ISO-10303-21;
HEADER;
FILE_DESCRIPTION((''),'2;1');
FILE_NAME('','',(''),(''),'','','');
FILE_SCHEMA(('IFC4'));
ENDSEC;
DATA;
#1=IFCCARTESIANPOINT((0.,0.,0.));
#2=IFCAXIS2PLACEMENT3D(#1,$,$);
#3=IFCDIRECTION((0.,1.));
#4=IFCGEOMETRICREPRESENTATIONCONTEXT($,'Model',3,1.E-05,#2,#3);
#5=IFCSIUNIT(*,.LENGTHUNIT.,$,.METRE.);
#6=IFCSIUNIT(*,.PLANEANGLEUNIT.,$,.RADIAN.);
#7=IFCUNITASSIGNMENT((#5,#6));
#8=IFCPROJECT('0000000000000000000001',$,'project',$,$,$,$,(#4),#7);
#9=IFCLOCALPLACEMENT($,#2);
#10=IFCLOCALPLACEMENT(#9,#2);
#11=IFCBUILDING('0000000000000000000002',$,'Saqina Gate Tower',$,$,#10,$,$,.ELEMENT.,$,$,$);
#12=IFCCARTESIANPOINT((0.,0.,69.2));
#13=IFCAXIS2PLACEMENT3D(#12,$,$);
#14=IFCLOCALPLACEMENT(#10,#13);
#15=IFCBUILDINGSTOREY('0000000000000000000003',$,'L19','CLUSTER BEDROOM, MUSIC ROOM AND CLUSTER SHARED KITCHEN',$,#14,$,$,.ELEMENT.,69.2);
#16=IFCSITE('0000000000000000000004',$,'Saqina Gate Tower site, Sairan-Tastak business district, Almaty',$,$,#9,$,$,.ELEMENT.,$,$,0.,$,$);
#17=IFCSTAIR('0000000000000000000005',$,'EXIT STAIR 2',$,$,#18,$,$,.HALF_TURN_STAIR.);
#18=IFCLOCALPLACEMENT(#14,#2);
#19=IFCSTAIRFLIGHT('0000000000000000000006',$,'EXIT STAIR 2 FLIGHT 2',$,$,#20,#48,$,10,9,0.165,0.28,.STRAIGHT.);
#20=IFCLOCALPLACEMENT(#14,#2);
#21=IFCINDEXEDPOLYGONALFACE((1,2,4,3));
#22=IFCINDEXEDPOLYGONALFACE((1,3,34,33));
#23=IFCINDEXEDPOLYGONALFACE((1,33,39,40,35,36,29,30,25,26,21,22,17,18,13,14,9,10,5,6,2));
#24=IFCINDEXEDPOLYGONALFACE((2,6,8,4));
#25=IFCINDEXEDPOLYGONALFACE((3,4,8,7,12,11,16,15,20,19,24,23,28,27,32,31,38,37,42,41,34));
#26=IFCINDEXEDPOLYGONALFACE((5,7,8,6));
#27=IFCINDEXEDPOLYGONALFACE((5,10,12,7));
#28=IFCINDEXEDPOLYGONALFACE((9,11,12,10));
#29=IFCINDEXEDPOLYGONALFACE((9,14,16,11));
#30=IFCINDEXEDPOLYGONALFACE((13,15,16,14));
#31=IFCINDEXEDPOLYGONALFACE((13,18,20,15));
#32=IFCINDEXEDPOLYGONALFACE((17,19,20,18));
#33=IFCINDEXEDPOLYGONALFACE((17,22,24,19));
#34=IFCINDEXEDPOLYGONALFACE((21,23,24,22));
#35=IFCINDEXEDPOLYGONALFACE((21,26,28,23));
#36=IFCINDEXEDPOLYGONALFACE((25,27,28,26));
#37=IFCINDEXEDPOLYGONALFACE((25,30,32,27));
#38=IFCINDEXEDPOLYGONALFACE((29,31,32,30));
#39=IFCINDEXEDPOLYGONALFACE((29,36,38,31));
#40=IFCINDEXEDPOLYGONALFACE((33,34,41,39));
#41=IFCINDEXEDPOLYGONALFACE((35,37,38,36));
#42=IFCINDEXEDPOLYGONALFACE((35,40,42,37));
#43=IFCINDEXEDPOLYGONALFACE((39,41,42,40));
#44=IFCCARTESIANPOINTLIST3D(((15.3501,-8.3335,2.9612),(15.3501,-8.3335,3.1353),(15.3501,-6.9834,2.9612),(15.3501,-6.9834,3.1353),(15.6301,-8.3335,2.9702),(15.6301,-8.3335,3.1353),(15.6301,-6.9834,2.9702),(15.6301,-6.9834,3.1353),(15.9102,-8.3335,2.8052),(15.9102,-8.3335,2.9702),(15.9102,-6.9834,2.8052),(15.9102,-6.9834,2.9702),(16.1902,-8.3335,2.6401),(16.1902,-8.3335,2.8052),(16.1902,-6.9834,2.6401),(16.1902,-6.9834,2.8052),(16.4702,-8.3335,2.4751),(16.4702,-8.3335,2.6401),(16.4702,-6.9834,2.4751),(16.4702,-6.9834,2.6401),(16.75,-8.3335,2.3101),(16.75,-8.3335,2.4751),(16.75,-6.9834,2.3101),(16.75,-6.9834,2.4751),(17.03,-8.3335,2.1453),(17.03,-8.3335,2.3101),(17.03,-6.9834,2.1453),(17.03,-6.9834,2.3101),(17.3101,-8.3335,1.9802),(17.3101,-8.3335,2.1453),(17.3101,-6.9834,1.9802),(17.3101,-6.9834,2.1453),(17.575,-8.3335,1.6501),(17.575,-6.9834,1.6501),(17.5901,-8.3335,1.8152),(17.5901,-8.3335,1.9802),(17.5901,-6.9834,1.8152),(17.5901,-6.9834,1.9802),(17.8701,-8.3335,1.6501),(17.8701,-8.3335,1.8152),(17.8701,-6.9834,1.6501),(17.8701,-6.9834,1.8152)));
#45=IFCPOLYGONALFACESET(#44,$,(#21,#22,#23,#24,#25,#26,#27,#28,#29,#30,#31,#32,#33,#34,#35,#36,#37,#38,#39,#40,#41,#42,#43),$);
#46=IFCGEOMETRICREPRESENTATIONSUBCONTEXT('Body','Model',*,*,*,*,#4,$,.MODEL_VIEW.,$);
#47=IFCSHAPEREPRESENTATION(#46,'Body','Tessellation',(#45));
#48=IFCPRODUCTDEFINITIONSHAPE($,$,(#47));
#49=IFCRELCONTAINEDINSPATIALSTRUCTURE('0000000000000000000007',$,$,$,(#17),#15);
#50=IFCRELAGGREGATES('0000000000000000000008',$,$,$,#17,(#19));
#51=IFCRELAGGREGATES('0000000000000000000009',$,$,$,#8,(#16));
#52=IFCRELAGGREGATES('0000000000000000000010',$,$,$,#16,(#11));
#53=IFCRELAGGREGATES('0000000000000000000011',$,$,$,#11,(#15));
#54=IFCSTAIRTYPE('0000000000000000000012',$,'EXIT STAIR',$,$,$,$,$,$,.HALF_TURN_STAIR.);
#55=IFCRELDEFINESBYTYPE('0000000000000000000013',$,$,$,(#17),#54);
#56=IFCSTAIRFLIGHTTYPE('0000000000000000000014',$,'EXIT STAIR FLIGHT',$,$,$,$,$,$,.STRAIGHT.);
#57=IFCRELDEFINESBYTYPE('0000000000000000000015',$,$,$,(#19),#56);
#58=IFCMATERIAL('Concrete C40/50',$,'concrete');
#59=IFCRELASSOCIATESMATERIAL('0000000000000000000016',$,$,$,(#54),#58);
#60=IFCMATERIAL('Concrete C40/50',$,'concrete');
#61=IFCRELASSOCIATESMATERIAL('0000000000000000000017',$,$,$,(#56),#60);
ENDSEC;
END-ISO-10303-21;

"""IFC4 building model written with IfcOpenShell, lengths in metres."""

from ifc_helpers import new_model, si_unit, direction, frame, origin, place, context, subcontext, project, spatial, polyline, outline, extrude, material, type_object, element, aggregate, save


model = new_model("IFC4")

# Units and contexts
model_context = context("Model", 3, precision=1e-05, world=origin(), true_north=direction((0.0, 1.0)))
body_context = subcontext(model_context, "Body", "Model", "MODEL_VIEW")
ifc_project = project(units=[si_unit("LENGTHUNIT", "METRE"), si_unit("PLANEANGLEUNIT", "RADIAN")], contexts=[model_context])

# Site, building, storey
site_placement = place(None, origin())
site = spatial("IfcSite", under=ifc_project, at=site_placement, Name="Saqina Gate Tower site, Sairan-Tastak business district, Almaty", CompositionType="ELEMENT", RefElevation=0.0)
building_placement = place(site_placement, origin())
building = spatial("IfcBuilding", under=site, at=building_placement, Name="Saqina Gate Tower", CompositionType="ELEMENT")
storey_placement = place(building_placement, frame((0.0, 0.0, 69.2)))
storey = spatial("IfcBuildingStorey", under=building, at=storey_placement, Name="L19", Description="CLUSTER BEDROOM, MUSIC ROOM AND CLUSTER SHARED KITCHEN", CompositionType="ELEMENT", Elevation=69.2)

# Stair, stair flight
ifc_material_1 = material(Name="Concrete C40/50", Category="concrete")
stair_type = type_object("IfcStairType", Name="EXIT STAIR", PredefinedType="HALF_TURN_STAIR", material=ifc_material_1)
stair_placement = place(storey_placement, origin())
stair = element("IfcStair", 1, at=stair_placement, inside=storey, type_object=stair_type, Name="EXIT STAIR 2", PredefinedType="HALF_TURN_STAIR")
ifc_material_2 = material(Name="Concrete C40/50", Category="concrete")
stair_flight_type = type_object("IfcStairFlightType", Name="EXIT STAIR FLIGHT", PredefinedType="STRAIGHT", material=ifc_material_2)
stair_flight_1_placement = place(storey_placement, frame((17.8701, -7.6584, 1.6501), z_axis=(0.0, 0.0, 1.0), x_axis=(-1.0, 0.0, 0.0)))
stair_flight_1 = element("IfcStairFlight", 2, at=stair_flight_1_placement, type_object=stair_flight_type, Name="EXIT STAIR 2 FLIGHT 2", NumberOfRisers=10, NumberOfTreads=9, PredefinedType="STRAIGHT", RiserHeight=0.165, TreadLength=0.28, context=body_context, shape_type="SweptSolid", body=[
    extrude(outline(polyline([(0.0, 0.0), (0.0, 0.165), (0.28, 0.165), (0.28, 0.3301), (0.5601, 0.3301), (0.5601, 0.4951), (0.8401, 0.4951), (0.8401, 0.6599), (1.1201, 0.6599), (1.1201, 0.825), (1.3999, 0.825), (1.3999, 0.99), (1.6799, 0.99), (1.6799, 1.155), (1.96, 1.155), (1.96, 1.3201), (2.24, 1.3201), (2.24, 1.4851), (2.52, 1.4851), (2.52, 1.6499), (2.52, 1.311), (0.2952, 0.0), (0.0, 0.0)])), frame((0.0, 0.675, 0.0), z_axis=(0.0, -1.0, 0.0), x_axis=(1.0, 0.0, 0.0)), (0.0, 0.0, 1.0), 1.3501),
])
aggregate(stair, [stair_flight_1])

save(model, "model.ifc")
